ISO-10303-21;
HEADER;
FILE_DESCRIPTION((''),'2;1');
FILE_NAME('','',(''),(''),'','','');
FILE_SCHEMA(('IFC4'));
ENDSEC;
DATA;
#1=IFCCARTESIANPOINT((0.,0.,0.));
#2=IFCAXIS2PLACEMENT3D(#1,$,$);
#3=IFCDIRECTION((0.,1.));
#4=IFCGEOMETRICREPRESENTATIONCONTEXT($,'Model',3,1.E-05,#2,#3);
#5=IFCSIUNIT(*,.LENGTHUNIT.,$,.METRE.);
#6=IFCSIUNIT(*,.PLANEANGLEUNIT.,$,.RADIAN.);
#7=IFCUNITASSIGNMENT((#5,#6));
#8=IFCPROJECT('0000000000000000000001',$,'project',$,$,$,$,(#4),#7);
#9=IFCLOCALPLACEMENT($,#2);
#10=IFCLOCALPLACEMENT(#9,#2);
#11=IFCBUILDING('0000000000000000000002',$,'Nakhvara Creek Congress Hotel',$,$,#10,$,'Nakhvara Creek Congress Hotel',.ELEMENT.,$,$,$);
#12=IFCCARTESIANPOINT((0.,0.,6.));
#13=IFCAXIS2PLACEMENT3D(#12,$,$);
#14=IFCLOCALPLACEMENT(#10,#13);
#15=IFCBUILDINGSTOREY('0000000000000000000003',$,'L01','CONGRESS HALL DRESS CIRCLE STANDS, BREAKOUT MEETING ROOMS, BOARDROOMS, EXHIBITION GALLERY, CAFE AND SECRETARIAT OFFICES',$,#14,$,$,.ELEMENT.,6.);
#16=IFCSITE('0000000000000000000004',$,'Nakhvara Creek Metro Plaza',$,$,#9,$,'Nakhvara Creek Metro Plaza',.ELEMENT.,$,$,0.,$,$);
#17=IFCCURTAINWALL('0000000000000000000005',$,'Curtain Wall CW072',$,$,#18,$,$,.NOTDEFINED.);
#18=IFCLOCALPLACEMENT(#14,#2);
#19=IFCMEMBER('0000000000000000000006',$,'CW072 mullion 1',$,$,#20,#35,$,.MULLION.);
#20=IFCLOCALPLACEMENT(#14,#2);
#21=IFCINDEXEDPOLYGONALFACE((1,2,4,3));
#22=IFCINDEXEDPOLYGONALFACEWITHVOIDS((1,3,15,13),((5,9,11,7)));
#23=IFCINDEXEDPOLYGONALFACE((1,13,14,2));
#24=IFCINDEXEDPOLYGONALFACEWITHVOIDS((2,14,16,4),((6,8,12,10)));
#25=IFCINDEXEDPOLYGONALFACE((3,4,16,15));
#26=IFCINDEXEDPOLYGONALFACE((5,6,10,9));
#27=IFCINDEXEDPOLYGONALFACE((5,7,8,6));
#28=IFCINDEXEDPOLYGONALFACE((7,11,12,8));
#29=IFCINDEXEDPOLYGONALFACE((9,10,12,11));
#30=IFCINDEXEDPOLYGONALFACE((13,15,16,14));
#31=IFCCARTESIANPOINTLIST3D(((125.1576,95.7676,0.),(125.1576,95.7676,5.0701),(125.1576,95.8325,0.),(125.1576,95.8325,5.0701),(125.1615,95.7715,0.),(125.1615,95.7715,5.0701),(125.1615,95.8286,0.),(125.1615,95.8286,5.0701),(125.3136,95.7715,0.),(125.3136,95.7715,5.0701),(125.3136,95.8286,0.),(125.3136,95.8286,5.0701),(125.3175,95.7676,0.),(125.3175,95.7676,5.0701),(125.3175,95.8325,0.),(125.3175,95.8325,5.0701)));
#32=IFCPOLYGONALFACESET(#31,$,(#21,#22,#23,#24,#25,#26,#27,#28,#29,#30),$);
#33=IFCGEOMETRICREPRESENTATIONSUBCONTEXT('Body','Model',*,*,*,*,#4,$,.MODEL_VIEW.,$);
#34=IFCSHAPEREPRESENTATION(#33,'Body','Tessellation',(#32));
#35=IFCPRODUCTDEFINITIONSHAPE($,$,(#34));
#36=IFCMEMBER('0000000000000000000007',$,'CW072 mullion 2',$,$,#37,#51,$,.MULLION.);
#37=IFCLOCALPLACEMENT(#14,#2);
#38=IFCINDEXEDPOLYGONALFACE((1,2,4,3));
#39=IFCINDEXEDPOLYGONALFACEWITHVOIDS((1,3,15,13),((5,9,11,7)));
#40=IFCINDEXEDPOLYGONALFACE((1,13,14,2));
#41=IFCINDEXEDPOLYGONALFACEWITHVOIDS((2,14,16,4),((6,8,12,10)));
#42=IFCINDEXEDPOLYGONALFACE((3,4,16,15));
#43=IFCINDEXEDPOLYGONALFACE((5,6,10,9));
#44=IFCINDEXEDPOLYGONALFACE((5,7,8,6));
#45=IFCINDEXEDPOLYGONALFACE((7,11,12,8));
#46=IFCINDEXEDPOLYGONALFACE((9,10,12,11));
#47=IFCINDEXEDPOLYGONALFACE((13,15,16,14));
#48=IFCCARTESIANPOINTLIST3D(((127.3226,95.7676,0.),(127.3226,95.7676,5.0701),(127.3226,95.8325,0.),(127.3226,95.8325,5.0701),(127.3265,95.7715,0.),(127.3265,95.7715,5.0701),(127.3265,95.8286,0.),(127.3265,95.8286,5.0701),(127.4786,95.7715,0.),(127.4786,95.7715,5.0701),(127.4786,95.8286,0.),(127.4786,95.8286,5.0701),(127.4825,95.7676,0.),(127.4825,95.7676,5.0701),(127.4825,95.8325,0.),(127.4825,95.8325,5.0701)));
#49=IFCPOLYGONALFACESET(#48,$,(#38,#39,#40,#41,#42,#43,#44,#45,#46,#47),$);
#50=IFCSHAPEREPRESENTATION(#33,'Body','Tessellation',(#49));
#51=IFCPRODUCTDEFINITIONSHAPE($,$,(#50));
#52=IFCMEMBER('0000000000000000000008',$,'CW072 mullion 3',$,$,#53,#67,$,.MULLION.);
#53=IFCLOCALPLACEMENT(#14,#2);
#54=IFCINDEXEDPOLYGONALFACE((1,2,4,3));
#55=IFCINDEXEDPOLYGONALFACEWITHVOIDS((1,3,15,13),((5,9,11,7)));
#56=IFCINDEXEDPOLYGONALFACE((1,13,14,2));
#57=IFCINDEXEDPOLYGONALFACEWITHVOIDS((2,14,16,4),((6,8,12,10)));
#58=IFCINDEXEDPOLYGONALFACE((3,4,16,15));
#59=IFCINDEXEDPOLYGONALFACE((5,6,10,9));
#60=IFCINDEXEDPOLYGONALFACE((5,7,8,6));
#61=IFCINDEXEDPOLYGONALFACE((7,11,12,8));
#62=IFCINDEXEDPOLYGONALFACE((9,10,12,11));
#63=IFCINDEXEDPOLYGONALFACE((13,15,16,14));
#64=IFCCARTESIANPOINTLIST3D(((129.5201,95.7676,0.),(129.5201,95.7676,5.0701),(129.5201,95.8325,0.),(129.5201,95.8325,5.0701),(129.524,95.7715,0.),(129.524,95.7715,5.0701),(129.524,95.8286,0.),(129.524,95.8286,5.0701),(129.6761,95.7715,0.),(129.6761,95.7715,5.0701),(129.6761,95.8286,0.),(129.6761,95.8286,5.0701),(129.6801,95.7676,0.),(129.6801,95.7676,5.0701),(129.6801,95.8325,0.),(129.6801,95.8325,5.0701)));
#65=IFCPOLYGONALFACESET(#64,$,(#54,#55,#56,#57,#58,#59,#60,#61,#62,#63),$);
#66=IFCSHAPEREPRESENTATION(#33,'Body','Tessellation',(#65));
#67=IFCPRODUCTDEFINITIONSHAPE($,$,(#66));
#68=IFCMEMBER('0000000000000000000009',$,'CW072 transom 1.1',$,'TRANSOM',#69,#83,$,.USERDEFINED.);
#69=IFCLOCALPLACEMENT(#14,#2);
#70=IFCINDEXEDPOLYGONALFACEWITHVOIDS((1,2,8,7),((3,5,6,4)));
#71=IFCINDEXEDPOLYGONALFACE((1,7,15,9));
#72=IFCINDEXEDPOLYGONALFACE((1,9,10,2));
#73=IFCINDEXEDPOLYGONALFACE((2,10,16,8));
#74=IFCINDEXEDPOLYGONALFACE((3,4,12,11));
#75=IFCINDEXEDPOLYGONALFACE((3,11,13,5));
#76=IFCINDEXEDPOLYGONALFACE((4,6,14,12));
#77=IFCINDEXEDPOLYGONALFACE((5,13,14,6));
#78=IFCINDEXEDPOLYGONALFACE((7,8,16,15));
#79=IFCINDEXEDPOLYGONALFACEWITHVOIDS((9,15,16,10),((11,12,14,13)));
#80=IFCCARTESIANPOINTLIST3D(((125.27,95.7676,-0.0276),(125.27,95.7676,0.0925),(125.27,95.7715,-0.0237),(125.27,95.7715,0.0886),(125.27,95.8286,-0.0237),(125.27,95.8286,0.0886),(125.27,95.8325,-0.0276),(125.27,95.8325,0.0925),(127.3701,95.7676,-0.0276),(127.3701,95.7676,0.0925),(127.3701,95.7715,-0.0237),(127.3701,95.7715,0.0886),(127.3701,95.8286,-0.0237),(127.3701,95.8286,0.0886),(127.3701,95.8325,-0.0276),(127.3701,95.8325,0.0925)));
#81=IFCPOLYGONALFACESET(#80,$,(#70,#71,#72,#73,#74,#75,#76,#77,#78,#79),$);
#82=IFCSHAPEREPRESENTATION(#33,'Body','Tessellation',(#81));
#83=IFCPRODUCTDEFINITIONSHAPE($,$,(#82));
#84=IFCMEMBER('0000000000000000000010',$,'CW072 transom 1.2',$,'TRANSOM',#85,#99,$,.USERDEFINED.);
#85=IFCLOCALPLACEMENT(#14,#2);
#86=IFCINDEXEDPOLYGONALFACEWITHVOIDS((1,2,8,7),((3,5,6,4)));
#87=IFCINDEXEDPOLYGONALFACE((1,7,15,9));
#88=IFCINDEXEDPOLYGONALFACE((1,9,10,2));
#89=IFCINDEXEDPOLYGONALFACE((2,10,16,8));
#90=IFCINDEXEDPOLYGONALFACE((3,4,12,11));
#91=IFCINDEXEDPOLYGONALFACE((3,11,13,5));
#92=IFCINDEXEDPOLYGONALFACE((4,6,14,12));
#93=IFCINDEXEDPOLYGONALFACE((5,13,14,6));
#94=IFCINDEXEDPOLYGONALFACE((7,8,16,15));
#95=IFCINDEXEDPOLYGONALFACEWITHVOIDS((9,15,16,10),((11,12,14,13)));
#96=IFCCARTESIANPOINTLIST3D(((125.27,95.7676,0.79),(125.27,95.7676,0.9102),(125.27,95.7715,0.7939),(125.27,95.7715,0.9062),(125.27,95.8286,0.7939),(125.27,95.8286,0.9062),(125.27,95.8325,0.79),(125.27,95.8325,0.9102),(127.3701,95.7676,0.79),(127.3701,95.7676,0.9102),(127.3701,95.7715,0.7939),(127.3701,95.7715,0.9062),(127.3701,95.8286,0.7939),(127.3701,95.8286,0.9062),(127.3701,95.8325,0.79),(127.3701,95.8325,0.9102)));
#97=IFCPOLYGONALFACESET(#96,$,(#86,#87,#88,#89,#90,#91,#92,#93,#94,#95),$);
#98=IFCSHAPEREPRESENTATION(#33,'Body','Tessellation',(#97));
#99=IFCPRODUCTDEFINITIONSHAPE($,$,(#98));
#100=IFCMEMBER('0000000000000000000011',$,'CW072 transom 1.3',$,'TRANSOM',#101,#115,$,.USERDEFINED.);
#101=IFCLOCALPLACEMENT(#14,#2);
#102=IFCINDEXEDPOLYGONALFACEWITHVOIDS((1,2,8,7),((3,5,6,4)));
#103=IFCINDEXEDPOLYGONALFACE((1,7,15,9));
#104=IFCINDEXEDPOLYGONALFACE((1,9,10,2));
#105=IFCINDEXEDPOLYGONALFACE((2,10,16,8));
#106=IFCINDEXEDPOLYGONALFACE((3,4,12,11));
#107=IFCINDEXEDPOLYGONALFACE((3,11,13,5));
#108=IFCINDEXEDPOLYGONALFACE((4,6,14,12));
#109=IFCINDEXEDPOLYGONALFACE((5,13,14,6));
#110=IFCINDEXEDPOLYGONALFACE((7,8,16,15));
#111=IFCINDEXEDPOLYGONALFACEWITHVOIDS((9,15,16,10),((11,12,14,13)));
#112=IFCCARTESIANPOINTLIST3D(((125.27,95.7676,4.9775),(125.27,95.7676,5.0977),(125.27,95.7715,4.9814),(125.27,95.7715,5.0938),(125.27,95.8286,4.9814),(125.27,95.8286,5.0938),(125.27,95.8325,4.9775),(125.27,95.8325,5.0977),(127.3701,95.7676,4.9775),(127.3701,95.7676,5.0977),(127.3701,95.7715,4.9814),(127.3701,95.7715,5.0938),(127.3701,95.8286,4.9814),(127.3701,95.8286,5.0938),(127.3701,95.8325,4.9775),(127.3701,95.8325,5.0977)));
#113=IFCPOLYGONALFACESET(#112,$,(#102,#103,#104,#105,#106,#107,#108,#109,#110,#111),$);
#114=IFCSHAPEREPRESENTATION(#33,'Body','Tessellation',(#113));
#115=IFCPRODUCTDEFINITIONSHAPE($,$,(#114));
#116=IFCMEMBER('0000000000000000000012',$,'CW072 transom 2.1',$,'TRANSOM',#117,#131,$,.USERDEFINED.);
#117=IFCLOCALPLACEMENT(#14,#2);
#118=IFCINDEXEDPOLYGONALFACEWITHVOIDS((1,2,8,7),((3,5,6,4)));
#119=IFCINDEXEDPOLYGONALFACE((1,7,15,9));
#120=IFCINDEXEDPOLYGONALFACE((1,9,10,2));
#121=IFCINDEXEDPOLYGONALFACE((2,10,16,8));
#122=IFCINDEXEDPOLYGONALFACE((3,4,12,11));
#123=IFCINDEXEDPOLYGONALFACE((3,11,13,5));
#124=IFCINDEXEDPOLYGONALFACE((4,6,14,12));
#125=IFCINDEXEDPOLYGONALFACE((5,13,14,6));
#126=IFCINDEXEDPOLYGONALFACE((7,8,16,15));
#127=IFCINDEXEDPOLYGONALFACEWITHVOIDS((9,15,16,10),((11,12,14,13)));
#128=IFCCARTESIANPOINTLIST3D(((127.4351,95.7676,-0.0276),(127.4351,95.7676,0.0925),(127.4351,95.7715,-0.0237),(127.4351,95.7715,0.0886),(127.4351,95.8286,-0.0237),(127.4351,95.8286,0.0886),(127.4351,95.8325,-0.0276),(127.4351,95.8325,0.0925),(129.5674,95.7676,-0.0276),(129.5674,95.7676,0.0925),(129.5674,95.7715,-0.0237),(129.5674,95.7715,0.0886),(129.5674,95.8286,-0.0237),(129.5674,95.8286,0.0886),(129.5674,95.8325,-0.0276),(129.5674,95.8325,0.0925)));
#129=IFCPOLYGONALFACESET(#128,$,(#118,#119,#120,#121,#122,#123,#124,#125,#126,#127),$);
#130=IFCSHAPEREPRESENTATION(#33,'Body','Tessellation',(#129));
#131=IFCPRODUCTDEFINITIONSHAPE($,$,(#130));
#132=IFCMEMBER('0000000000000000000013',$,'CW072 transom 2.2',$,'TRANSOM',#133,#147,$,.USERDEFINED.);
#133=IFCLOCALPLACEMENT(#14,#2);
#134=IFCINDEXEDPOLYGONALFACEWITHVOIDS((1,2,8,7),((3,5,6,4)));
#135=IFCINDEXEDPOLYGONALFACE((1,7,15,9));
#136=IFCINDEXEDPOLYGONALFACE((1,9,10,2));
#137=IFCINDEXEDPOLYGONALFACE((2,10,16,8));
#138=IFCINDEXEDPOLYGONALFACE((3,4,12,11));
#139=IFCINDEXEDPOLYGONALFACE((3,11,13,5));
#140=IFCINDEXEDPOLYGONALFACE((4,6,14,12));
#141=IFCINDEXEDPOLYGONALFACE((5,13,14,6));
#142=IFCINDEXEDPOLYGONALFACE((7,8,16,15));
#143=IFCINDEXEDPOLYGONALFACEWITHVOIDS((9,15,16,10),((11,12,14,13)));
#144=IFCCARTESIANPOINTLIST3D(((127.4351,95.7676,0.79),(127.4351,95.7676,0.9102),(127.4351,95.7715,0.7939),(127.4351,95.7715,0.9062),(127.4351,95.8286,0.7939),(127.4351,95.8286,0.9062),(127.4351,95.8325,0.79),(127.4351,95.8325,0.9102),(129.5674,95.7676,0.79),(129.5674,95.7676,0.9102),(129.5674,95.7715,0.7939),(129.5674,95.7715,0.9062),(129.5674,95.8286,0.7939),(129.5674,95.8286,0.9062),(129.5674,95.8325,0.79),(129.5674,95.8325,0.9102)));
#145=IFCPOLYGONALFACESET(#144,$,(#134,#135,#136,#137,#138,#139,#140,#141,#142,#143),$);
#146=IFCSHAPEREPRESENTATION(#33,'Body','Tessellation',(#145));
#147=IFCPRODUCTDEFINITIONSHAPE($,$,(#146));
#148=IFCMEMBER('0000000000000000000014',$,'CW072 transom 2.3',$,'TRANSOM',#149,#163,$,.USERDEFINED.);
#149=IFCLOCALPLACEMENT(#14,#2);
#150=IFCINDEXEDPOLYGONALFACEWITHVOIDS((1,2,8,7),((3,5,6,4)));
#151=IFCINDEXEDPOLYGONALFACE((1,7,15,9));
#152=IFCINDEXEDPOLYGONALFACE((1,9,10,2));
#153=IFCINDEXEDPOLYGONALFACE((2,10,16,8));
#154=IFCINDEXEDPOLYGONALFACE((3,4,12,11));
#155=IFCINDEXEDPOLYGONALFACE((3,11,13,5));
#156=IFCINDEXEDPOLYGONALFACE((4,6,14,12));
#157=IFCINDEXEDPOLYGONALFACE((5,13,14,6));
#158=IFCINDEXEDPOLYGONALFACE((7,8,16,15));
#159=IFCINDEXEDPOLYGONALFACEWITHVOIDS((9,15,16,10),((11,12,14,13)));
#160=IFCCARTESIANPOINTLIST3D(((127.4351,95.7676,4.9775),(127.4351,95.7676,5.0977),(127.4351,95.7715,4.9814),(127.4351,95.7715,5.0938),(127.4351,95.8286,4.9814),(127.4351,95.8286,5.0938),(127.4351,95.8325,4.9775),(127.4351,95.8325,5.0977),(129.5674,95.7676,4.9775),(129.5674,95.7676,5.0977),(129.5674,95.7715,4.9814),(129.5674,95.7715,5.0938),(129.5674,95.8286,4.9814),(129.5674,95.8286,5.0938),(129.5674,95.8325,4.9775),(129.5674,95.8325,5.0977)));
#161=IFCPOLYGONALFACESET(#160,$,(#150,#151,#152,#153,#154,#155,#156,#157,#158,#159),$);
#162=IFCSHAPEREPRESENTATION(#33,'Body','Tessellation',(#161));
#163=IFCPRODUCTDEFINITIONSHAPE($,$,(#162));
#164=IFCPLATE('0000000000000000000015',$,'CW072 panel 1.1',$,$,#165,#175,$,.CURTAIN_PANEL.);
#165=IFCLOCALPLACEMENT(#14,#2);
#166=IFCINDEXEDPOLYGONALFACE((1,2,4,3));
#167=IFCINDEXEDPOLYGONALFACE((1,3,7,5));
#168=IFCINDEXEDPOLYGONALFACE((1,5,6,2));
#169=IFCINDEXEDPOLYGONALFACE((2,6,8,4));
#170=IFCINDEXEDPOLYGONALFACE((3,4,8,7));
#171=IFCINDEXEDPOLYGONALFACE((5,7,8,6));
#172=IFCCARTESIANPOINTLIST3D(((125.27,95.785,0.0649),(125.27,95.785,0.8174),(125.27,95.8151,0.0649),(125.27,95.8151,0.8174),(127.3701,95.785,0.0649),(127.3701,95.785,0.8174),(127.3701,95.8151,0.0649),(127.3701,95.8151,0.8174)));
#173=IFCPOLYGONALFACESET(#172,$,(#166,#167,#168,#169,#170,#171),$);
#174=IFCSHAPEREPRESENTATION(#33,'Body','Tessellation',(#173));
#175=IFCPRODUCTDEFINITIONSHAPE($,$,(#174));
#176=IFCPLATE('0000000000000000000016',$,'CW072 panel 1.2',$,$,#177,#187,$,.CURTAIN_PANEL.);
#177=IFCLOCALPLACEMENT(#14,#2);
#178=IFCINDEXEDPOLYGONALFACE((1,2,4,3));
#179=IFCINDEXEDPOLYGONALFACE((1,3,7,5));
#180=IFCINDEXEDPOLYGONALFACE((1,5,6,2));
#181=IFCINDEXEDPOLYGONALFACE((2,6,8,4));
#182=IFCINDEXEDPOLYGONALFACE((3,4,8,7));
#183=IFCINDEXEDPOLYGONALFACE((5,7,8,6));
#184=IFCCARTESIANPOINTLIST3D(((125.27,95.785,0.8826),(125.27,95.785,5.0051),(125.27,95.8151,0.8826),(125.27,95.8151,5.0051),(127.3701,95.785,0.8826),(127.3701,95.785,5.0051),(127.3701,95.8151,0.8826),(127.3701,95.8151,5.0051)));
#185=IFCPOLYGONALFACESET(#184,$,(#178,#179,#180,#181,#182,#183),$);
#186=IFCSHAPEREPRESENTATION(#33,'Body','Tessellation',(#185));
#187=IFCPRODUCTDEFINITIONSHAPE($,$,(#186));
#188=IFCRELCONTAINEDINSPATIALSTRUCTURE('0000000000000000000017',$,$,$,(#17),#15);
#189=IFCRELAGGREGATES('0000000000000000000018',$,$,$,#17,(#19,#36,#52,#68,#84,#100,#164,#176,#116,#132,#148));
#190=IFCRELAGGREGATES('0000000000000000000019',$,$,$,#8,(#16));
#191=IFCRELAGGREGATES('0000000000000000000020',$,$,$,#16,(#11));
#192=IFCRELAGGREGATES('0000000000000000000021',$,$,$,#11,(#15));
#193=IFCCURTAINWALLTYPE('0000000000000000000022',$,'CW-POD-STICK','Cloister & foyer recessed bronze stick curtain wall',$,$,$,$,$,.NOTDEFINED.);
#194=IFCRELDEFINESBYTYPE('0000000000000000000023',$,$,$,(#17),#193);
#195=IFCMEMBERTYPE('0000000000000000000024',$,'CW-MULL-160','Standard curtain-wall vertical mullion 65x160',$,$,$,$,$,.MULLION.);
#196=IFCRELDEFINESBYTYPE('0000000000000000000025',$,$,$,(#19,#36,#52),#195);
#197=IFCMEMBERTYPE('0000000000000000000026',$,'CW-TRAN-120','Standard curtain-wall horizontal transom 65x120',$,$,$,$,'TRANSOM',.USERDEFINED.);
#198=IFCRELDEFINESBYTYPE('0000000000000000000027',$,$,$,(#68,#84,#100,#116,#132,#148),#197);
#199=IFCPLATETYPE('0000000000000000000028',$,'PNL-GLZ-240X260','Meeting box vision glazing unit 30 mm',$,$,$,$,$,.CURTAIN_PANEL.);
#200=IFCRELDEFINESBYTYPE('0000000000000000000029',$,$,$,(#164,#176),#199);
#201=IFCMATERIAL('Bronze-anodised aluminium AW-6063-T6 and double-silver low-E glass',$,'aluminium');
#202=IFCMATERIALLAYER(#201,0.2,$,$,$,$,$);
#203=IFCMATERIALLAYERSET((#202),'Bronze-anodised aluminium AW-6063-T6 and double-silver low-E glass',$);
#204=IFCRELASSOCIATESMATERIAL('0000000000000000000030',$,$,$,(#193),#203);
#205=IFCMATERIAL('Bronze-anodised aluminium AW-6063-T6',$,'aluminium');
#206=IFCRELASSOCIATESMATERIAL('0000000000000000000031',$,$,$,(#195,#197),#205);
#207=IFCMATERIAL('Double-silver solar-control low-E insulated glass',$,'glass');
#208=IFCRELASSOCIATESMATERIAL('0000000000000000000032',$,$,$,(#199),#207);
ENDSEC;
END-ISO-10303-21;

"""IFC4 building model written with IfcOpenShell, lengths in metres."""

from ifc_helpers import new_model, si_unit, direction, frame, origin, origin_2d, place, context, subcontext, project, spatial, rectangle, hollow_rectangle, extrude, material, layer, layer_set, material_profile, profile_set, type_object, element, aggregate, save


model = new_model("IFC4")

# Units and contexts
model_context = context("Model", 3, precision=1e-05, world=origin(), true_north=direction((0.0, 1.0)))
body_context = subcontext(model_context, "Body", "Model", "MODEL_VIEW")
ifc_project = project(units=[si_unit("LENGTHUNIT", "METRE"), si_unit("PLANEANGLEUNIT", "RADIAN")], contexts=[model_context])

# Site, building, storey
site_placement = place(None, origin())
site = spatial("IfcSite", under=ifc_project, at=site_placement, Name="Nakhvara Creek Metro Plaza", LongName="Nakhvara Creek Metro Plaza", CompositionType="ELEMENT", RefElevation=0.0)
building_placement = place(site_placement, origin())
building = spatial("IfcBuilding", under=site, at=building_placement, Name="Nakhvara Creek Congress Hotel", LongName="Nakhvara Creek Congress Hotel", CompositionType="ELEMENT")
storey_placement = place(building_placement, frame((0.0, 0.0, 6.0)))
storey = spatial("IfcBuildingStorey", under=building, at=storey_placement, Name="L01", Description="CONGRESS HALL DRESS CIRCLE STANDS, BREAKOUT MEETING ROOMS, BOARDROOMS, EXHIBITION GALLERY, CAFE AND SECRETARIAT OFFICES", CompositionType="ELEMENT", Elevation=6.0)

# Curtain wall, members, plates
ifc_material_1 = material(Name="Bronze-anodised aluminium AW-6063-T6 and double-silver low-E glass", Category="aluminium")
ifc_layer_1 = layer(ifc_material_1, 0.2)
ifc_layer_set_1 = layer_set([ifc_layer_1], Name="Bronze-anodised aluminium AW-6063-T6 and double-silver low-E glass")
curtain_wall_type = type_object("IfcCurtainWallType", Name="CW-POD-STICK", Description="Cloister & foyer recessed bronze stick curtain wall", PredefinedType="NOTDEFINED", material=ifc_layer_set_1)
curtain_wall_placement = place(storey_placement, origin())
curtain_wall = element("IfcCurtainWall", 1, at=curtain_wall_placement, inside=storey, type_object=curtain_wall_type, Name="Curtain Wall CW072", PredefinedType="NOTDEFINED")
ifc_material_2 = material(Name="Bronze-anodised aluminium AW-6063-T6", Category="aluminium")
ifc_material_profile_1 = material_profile(ifc_material_2, hollow_rectangle(XDim=0.0649, YDim=0.1599, WallThickness=0.0039, at=origin_2d()), Name="ALU-MULL 65x160x4", Category="LoadBearing")
ifc_profile_set_1 = profile_set([ifc_material_profile_1], Name="Bronze-anodised aluminium AW-6063-T6")
member_type_1 = type_object("IfcMemberType", Name="CW-MULL-160", Description="Standard curtain-wall vertical mullion 65x160", PredefinedType="MULLION", material=ifc_profile_set_1)
member_1_placement = place(storey_placement, frame((125.2375, 95.8, 0.0), z_axis=(0.0, 0.0, 1.0), x_axis=(0.0, 1.0, 0.0)))
member_1 = element("IfcMember", 2, at=member_1_placement, type_object=member_type_1, Name="CW072 mullion 1", PredefinedType="MULLION", context=body_context, shape_type="SweptSolid", body=[
    extrude(hollow_rectangle(XDim=0.0649, YDim=0.1599, WallThickness=0.0039, at=origin_2d()), origin(), (0.0, 0.0, 1.0), 5.0701),
])
member_2_placement = place(storey_placement, frame((127.4026, 95.8, 0.0), z_axis=(0.0, 0.0, 1.0), x_axis=(0.0, 1.0, 0.0)))
member_2 = element("IfcMember", 3, at=member_2_placement, type_object=member_type_1, Name="CW072 mullion 2", PredefinedType="MULLION", context=body_context, shape_type="SweptSolid", body=[
    extrude(hollow_rectangle(XDim=0.0649, YDim=0.1599, WallThickness=0.0039, at=origin_2d()), origin(), (0.0, 0.0, 1.0), 5.0701),
])
member_3_placement = place(storey_placement, frame((129.6001, 95.8, 0.0), z_axis=(0.0, 0.0, 1.0), x_axis=(0.0, 1.0, 0.0)))
member_3 = element("IfcMember", 4, at=member_3_placement, type_object=member_type_1, Name="CW072 mullion 3", PredefinedType="MULLION", context=body_context, shape_type="SweptSolid", body=[
    extrude(hollow_rectangle(XDim=0.0649, YDim=0.1599, WallThickness=0.0039, at=origin_2d()), origin(), (0.0, 0.0, 1.0), 5.0701),
])
ifc_material_profile_2 = material_profile(ifc_material_2, hollow_rectangle(XDim=0.0649, YDim=0.1201, WallThickness=0.0039, at=origin_2d()), Name="ALU-TRAN 65x120x4", Category="LoadBearing")
ifc_profile_set_2 = profile_set([ifc_material_profile_2], Name="Bronze-anodised aluminium AW-6063-T6")
member_type_2 = type_object("IfcMemberType", Name="CW-TRAN-120", Description="Standard curtain-wall horizontal transom 65x120", ElementType="TRANSOM", PredefinedType="USERDEFINED", material=ifc_profile_set_2)
member_4_placement = place(storey_placement, frame((125.27, 95.8, 0.0325), z_axis=(1.0, 0.0, 0.0), x_axis=(0.0, 1.0, 0.0)))
member_4 = element("IfcMember", 5, at=member_4_placement, type_object=member_type_2, Name="CW072 transom 1.1", ObjectType="TRANSOM", PredefinedType="USERDEFINED", context=body_context, shape_type="SweptSolid", body=[
    extrude(hollow_rectangle(XDim=0.0649, YDim=0.1201, WallThickness=0.0039, at=origin_2d()), origin(), (0.0, 0.0, 1.0), 2.1001),
])
member_5_placement = place(storey_placement, frame((125.27, 95.8, 0.8501), z_axis=(1.0, 0.0, 0.0), x_axis=(0.0, 1.0, 0.0)))
member_5 = element("IfcMember", 6, at=member_5_placement, type_object=member_type_2, Name="CW072 transom 1.2", ObjectType="TRANSOM", PredefinedType="USERDEFINED", context=body_context, shape_type="SweptSolid", body=[
    extrude(hollow_rectangle(XDim=0.0649, YDim=0.1201, WallThickness=0.0039, at=origin_2d()), origin(), (0.0, 0.0, 1.0), 2.1001),
])
member_6_placement = place(storey_placement, frame((125.27, 95.8, 5.0376), z_axis=(1.0, 0.0, 0.0), x_axis=(0.0, 1.0, 0.0)))
member_6 = element("IfcMember", 7, at=member_6_placement, type_object=member_type_2, Name="CW072 transom 1.3", ObjectType="TRANSOM", PredefinedType="USERDEFINED", context=body_context, shape_type="SweptSolid", body=[
    extrude(hollow_rectangle(XDim=0.0649, YDim=0.1201, WallThickness=0.0039, at=origin_2d()), origin(), (0.0, 0.0, 1.0), 2.1001),
])
member_7_placement = place(storey_placement, frame((127.4351, 95.8, 0.0325), z_axis=(1.0, 0.0, 0.0), x_axis=(0.0, 1.0, 0.0)))
member_7 = element("IfcMember", 8, at=member_7_placement, type_object=member_type_2, Name="CW072 transom 2.1", ObjectType="TRANSOM", PredefinedType="USERDEFINED", context=body_context, shape_type="SweptSolid", body=[
    extrude(hollow_rectangle(XDim=0.0649, YDim=0.1201, WallThickness=0.0039, at=origin_2d()), origin(), (0.0, 0.0, 1.0), 2.1323),
])
member_8_placement = place(storey_placement, frame((127.4351, 95.8, 0.8501), z_axis=(1.0, 0.0, 0.0), x_axis=(0.0, 1.0, 0.0)))
member_8 = element("IfcMember", 9, at=member_8_placement, type_object=member_type_2, Name="CW072 transom 2.2", ObjectType="TRANSOM", PredefinedType="USERDEFINED", context=body_context, shape_type="SweptSolid", body=[
    extrude(hollow_rectangle(XDim=0.0649, YDim=0.1201, WallThickness=0.0039, at=origin_2d()), origin(), (0.0, 0.0, 1.0), 2.1323),
])
member_9_placement = place(storey_placement, frame((127.4351, 95.8, 5.0376), z_axis=(1.0, 0.0, 0.0), x_axis=(0.0, 1.0, 0.0)))
member_9 = element("IfcMember", 10, at=member_9_placement, type_object=member_type_2, Name="CW072 transom 2.3", ObjectType="TRANSOM", PredefinedType="USERDEFINED", context=body_context, shape_type="SweptSolid", body=[
    extrude(hollow_rectangle(XDim=0.0649, YDim=0.1201, WallThickness=0.0039, at=origin_2d()), origin(), (0.0, 0.0, 1.0), 2.1323),
])
ifc_material_3 = material(Name="Double-silver solar-control low-E insulated glass", Category="glass")
plate_type = type_object("IfcPlateType", Name="PNL-GLZ-240X260", Description="Meeting box vision glazing unit 30 mm", PredefinedType="CURTAIN_PANEL", material=ifc_material_3)
plate_1_placement = place(storey_placement, frame((126.3201, 95.8, 0.0649), z_axis=(0.0, 0.0, 1.0), x_axis=(1.0, 0.0, 0.0)))
plate_1 = element("IfcPlate", 11, at=plate_1_placement, type_object=plate_type, Name="CW072 panel 1.1", PredefinedType="CURTAIN_PANEL", context=body_context, shape_type="SweptSolid", body=[
    extrude(rectangle(XDim=2.1001, YDim=0.03, at=origin_2d()), origin(), (0.0, 0.0, 1.0), 0.7524),
])
plate_2_placement = place(storey_placement, frame((126.3201, 95.8, 0.8826), z_axis=(0.0, 0.0, 1.0), x_axis=(1.0, 0.0, 0.0)))
plate_2 = element("IfcPlate", 12, at=plate_2_placement, type_object=plate_type, Name="CW072 panel 1.2", PredefinedType="CURTAIN_PANEL", context=body_context, shape_type="SweptSolid", body=[
    extrude(rectangle(XDim=2.1001, YDim=0.03, at=origin_2d()), origin(), (0.0, 0.0, 1.0), 4.1226),
])
aggregate(curtain_wall, [member_1, member_2, member_3, member_4, member_5, member_6, plate_1, plate_2, member_7, member_8, member_9])

save(model, "model.ifc")
